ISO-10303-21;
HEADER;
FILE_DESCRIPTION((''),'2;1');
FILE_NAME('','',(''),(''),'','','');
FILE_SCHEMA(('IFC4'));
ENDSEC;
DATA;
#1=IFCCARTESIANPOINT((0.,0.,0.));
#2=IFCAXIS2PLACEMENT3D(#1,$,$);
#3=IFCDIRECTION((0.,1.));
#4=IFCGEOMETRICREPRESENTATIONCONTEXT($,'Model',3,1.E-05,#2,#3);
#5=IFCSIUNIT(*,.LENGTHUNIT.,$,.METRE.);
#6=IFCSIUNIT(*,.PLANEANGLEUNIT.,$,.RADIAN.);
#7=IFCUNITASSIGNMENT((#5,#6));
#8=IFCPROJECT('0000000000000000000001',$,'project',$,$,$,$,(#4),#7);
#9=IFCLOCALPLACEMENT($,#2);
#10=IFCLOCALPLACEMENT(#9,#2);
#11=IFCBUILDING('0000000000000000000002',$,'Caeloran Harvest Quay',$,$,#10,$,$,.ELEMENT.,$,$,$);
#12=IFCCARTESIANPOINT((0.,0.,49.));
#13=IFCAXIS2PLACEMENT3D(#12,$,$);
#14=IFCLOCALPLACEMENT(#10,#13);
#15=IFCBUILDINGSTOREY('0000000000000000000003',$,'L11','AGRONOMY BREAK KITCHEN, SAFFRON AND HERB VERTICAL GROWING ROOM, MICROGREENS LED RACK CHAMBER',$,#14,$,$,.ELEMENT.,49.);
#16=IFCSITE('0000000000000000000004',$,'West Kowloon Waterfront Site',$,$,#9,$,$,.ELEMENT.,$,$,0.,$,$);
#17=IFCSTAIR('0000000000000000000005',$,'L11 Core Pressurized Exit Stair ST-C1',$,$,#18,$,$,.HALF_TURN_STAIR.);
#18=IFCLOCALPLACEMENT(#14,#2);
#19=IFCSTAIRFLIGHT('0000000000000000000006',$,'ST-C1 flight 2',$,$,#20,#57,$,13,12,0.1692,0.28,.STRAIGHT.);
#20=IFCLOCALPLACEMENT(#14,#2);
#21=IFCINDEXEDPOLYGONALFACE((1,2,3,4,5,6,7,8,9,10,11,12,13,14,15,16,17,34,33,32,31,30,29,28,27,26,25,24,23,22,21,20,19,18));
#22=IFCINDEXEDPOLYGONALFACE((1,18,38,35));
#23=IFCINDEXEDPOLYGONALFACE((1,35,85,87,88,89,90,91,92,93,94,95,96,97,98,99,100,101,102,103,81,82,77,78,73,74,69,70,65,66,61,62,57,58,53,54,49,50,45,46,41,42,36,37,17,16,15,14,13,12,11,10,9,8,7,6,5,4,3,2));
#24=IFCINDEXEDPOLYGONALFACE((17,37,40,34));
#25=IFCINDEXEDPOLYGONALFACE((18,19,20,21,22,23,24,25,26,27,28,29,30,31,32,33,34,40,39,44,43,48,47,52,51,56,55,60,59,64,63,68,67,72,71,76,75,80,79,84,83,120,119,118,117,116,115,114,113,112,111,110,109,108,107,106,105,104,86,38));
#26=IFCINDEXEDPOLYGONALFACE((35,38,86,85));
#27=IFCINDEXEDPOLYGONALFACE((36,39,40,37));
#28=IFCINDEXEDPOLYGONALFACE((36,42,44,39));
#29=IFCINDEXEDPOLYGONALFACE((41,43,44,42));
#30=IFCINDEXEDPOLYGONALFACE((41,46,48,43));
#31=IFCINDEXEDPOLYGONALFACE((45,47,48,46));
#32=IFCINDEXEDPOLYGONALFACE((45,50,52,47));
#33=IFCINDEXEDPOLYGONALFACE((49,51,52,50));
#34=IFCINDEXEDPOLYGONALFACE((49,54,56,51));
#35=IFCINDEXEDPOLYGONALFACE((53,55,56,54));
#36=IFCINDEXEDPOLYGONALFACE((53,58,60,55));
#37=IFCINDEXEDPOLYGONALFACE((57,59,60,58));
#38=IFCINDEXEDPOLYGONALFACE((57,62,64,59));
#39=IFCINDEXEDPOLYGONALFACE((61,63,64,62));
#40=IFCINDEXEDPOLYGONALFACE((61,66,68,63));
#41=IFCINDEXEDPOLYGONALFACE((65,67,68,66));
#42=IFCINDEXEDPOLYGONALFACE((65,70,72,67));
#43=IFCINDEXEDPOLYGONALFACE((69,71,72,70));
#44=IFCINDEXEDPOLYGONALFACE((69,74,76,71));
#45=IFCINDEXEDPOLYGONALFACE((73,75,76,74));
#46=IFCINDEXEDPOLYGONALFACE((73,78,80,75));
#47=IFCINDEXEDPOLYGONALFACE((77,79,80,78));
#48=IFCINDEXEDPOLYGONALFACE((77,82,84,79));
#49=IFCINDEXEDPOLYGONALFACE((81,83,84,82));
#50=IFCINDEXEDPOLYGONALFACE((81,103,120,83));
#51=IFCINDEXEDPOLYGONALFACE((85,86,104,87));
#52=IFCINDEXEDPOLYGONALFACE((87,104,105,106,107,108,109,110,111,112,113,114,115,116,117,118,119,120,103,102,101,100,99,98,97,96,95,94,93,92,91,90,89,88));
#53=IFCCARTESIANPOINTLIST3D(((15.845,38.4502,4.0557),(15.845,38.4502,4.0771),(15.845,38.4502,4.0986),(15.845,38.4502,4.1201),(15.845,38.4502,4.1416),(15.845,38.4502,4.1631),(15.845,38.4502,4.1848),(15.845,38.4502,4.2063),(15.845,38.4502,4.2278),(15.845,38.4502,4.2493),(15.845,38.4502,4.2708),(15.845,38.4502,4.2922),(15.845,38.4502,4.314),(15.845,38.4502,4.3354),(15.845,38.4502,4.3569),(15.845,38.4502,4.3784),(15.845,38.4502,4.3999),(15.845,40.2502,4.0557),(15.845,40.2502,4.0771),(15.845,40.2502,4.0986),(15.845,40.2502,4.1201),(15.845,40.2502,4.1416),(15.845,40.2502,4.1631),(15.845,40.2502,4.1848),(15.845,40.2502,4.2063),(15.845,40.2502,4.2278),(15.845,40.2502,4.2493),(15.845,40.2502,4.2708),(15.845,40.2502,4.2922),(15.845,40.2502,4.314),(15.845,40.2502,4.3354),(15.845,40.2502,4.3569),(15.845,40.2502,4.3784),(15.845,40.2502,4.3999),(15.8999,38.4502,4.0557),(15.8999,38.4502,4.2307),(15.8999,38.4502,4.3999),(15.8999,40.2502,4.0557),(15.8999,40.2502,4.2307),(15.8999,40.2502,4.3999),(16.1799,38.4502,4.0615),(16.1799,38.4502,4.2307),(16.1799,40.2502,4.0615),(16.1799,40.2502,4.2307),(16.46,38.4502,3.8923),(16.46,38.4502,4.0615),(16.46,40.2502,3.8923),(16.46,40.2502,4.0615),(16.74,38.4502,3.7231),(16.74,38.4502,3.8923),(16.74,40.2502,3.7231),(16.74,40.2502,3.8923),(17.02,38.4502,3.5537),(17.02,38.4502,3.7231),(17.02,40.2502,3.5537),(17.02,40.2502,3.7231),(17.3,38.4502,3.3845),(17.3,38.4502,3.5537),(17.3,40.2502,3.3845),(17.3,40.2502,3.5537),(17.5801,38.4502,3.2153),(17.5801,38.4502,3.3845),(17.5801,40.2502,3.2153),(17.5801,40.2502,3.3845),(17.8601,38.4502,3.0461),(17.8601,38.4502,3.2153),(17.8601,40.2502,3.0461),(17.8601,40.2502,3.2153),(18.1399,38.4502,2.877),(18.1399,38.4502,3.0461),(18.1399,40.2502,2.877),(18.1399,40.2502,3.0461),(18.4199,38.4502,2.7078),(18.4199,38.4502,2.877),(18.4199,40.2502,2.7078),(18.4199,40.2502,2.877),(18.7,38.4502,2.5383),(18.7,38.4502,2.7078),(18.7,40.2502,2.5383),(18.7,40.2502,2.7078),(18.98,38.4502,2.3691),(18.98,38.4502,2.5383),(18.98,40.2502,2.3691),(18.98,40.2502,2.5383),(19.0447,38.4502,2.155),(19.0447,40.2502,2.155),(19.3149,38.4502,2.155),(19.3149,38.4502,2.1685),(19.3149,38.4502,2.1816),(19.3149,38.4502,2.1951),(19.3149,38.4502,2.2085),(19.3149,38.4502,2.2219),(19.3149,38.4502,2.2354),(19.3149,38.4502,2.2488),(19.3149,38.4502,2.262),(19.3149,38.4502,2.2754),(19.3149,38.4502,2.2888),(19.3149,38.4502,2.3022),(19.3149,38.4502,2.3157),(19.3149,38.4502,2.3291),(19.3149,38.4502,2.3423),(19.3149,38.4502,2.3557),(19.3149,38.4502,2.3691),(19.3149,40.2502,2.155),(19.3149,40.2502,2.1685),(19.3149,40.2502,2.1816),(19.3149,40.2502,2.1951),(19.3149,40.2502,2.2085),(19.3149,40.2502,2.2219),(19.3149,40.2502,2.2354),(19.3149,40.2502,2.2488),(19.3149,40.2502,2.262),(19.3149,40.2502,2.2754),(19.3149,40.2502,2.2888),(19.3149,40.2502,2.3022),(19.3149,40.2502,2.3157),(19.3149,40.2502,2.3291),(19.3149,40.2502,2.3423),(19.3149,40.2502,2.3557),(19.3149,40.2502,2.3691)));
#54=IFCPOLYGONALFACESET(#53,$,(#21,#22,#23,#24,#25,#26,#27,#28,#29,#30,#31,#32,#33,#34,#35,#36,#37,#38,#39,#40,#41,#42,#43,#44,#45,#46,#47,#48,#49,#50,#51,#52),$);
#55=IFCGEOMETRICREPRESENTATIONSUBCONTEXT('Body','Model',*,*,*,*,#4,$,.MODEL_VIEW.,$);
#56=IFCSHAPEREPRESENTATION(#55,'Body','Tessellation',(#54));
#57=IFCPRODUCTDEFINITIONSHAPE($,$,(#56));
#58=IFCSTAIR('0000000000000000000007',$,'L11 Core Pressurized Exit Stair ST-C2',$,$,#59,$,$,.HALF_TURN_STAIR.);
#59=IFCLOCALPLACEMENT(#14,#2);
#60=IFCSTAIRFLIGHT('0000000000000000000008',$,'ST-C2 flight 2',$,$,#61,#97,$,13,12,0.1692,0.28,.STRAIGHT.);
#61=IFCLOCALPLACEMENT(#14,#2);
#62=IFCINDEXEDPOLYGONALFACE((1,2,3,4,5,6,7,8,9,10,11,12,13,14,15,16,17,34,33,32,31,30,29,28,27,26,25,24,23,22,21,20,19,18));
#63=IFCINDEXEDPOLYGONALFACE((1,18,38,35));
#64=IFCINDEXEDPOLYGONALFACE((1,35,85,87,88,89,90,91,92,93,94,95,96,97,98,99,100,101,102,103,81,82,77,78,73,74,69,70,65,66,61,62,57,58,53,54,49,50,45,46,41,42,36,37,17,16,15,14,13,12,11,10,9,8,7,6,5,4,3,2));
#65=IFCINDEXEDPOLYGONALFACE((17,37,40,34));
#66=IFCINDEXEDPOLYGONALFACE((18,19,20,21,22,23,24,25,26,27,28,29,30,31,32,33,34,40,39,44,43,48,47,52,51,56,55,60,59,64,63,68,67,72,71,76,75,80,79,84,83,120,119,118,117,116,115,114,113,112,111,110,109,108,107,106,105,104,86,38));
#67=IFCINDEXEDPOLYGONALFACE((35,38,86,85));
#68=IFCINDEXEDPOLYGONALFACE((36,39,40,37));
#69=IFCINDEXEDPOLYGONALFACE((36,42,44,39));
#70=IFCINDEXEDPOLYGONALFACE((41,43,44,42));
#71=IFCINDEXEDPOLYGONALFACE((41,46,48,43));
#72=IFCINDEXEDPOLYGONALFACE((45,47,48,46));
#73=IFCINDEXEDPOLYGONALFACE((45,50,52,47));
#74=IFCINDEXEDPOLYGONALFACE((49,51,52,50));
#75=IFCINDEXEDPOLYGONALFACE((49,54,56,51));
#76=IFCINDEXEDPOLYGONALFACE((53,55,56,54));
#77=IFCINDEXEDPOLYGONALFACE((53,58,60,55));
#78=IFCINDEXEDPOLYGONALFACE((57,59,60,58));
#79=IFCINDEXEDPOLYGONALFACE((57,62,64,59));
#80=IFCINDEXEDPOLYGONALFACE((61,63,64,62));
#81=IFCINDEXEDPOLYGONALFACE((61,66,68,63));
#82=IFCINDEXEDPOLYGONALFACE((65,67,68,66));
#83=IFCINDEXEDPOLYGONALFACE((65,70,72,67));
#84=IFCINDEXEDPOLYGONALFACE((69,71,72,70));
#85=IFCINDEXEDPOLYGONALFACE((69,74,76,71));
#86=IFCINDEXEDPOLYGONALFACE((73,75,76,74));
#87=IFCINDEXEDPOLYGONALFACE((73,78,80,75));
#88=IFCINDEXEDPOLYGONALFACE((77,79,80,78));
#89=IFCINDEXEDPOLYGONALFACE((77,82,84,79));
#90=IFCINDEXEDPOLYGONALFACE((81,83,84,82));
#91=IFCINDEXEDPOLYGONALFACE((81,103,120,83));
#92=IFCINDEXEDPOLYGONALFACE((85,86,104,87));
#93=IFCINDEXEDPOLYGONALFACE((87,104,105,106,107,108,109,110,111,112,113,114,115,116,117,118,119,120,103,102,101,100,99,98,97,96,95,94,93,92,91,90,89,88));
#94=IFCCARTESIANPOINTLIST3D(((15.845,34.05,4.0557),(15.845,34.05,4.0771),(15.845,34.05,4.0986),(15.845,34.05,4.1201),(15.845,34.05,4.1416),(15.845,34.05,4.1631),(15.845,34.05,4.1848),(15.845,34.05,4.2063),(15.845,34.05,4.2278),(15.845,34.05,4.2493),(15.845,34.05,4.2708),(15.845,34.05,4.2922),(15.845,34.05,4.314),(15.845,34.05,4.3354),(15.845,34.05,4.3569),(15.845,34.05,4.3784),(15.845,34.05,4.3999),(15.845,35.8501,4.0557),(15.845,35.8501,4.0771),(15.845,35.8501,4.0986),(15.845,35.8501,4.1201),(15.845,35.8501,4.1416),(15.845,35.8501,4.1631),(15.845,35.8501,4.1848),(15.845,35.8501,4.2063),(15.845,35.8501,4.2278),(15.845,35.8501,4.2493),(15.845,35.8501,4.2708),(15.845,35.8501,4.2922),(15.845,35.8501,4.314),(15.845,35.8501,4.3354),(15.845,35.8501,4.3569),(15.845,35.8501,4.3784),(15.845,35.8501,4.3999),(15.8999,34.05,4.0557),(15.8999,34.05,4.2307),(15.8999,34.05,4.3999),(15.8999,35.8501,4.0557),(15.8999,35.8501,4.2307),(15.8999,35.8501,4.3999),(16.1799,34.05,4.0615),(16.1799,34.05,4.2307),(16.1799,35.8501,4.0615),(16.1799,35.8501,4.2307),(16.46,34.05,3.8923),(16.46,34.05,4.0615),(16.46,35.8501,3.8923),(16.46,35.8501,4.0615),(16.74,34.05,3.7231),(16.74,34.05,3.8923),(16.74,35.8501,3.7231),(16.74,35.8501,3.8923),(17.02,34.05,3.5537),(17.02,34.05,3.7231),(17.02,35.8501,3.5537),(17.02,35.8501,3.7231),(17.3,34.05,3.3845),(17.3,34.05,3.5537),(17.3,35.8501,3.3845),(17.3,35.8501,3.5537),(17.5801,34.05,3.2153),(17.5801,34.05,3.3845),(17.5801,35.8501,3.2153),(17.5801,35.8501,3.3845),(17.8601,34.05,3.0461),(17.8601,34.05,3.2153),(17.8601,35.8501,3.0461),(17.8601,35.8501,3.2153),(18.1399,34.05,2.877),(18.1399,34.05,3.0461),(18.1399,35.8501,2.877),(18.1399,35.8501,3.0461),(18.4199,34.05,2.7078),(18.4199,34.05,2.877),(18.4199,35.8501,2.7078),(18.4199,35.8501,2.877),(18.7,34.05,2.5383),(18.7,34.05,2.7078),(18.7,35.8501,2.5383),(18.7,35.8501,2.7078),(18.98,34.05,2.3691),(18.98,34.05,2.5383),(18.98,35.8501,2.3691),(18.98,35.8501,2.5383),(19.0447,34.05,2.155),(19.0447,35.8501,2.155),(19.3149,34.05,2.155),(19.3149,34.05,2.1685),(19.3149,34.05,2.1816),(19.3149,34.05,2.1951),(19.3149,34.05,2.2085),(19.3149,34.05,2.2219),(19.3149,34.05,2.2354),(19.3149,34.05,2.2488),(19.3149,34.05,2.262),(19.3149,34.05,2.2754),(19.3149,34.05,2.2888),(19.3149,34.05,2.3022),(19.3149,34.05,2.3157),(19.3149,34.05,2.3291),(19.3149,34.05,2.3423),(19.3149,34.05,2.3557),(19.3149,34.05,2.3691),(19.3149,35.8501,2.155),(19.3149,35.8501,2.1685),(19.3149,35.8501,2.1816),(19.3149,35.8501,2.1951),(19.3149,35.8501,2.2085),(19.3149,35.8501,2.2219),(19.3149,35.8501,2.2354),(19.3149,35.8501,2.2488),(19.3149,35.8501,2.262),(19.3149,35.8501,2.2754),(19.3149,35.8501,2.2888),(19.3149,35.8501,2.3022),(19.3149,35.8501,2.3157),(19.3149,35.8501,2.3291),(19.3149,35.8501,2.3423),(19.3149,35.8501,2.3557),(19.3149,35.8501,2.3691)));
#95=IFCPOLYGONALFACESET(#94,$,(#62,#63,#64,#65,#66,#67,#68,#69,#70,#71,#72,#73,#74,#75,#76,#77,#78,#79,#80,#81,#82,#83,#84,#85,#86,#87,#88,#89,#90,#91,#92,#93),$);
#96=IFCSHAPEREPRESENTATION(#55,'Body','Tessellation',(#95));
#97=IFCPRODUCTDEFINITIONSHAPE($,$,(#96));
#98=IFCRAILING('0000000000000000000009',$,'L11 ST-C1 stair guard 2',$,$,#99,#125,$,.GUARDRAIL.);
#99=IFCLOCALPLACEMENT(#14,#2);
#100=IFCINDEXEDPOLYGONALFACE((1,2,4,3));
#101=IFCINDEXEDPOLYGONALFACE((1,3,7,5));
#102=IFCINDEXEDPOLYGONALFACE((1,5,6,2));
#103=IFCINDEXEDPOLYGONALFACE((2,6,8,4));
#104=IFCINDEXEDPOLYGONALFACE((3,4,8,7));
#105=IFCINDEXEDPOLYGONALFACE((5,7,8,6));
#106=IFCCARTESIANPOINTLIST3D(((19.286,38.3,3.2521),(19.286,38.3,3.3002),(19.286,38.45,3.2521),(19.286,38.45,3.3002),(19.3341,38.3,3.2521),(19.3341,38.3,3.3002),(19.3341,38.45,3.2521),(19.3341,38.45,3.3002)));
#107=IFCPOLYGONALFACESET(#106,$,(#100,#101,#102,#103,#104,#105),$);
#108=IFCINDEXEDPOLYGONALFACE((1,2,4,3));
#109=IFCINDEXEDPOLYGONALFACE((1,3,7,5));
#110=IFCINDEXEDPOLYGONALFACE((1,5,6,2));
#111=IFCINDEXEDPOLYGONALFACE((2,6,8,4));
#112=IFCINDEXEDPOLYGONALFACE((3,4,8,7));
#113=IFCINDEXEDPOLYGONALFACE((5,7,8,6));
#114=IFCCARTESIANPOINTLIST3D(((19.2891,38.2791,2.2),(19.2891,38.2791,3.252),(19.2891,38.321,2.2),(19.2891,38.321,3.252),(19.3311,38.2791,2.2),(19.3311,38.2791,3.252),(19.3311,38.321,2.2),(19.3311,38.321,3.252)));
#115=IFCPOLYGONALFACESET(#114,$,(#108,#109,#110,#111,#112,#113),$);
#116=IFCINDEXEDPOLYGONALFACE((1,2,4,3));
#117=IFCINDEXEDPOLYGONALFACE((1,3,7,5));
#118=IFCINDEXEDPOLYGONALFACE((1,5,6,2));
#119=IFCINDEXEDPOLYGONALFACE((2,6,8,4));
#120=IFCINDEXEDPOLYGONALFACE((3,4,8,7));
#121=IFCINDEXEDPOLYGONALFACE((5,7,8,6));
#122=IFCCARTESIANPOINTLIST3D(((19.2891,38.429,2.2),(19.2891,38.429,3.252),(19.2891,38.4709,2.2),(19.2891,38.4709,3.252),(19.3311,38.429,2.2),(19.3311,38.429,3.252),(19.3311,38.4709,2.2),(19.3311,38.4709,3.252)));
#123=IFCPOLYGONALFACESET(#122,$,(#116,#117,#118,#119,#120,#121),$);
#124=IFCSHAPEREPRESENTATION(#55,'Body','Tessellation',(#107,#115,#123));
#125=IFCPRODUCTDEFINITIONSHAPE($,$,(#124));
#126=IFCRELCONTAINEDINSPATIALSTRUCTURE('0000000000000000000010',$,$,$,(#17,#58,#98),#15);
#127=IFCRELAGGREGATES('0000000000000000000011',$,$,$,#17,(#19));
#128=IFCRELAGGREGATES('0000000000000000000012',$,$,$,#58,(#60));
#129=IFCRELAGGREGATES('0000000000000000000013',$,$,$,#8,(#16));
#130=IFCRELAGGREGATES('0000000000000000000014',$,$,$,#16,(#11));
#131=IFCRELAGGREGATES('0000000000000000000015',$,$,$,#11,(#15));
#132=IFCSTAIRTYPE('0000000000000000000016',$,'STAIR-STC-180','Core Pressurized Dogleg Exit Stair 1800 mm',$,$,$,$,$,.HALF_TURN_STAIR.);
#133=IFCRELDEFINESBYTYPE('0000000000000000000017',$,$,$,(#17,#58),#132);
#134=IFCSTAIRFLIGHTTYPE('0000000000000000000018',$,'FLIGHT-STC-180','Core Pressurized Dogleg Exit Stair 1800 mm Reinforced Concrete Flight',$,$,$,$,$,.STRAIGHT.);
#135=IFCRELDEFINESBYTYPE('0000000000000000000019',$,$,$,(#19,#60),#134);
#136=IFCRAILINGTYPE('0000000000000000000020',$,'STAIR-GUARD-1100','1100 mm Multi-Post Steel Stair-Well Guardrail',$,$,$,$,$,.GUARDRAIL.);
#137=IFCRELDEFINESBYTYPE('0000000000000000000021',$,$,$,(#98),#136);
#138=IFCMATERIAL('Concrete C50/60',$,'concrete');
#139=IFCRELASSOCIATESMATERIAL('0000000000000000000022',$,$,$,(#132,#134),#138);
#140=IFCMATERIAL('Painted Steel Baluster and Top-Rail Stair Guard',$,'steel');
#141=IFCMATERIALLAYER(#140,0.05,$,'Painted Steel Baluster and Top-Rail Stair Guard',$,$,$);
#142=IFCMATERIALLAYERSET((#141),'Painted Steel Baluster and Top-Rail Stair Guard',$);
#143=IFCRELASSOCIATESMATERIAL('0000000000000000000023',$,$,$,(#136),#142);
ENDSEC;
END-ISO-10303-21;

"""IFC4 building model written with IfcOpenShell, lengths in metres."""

from ifc_helpers import new_model, si_unit, direction, frame, origin, origin_2d, place, context, subcontext, project, spatial, polyline, rectangle, outline, extrude, material, layer, layer_set, type_object, element, aggregate, save


model = new_model("IFC4")

# Units and contexts
model_context = context("Model", 3, precision=1e-05, world=origin(), true_north=direction((0.0, 1.0)))
body_context = subcontext(model_context, "Body", "Model", "MODEL_VIEW")
ifc_project = project(units=[si_unit("LENGTHUNIT", "METRE"), si_unit("PLANEANGLEUNIT", "RADIAN")], contexts=[model_context])

# Site, building, storey
site_placement = place(None, origin())
site = spatial("IfcSite", under=ifc_project, at=site_placement, Name="West Kowloon Waterfront Site", CompositionType="ELEMENT", RefElevation=0.0)
building_placement = place(site_placement, origin())
building = spatial("IfcBuilding", under=site, at=building_placement, Name="Caeloran Harvest Quay", CompositionType="ELEMENT")
storey_placement = place(building_placement, frame((0.0, 0.0, 49.0)))
storey = spatial("IfcBuildingStorey", under=building, at=storey_placement, Name="L11", Description="AGRONOMY BREAK KITCHEN, SAFFRON AND HERB VERTICAL GROWING ROOM, MICROGREENS LED RACK CHAMBER", CompositionType="ELEMENT", Elevation=49.0)

# Shared definitions
ifc_material_1 = material(Name="Concrete C50/60", Category="concrete")

# Stairs, stair flights
stair_type = type_object("IfcStairType", Name="STAIR-STC-180", Description="Core Pressurized Dogleg Exit Stair 1800 mm", PredefinedType="HALF_TURN_STAIR", material=ifc_material_1)
stair_1_placement = place(storey_placement, origin())
stair_1 = element("IfcStair", 1, at=stair_1_placement, inside=storey, type_object=stair_type, Name="L11 Core Pressurized Exit Stair ST-C1", PredefinedType="HALF_TURN_STAIR")
stair_flight_type = type_object("IfcStairFlightType", Name="FLIGHT-STC-180", Description="Core Pressurized Dogleg Exit Stair 1800 mm Reinforced Concrete Flight", PredefinedType="STRAIGHT", material=ifc_material_1)
stair_flight_1_placement = place(storey_placement, frame((19.26, 39.3501, 2.2), z_axis=(0.0, 0.0, 1.0), x_axis=(-1.0, 0.0, 0.0)))
stair_flight_1 = element("IfcStairFlight", 2, at=stair_flight_1_placement, type_object=stair_flight_type, Name="ST-C1 flight 2", NumberOfRisers=13, NumberOfTreads=12, PredefinedType="STRAIGHT", RiserHeight=0.1692, TreadLength=0.28, context=body_context, shape_type="SweptSolid", body=[
    extrude(outline(polyline([(-0.0549, -0.0449), (-0.0549, -0.0315), (-0.0549, -0.0183), (-0.0549, -0.0049), (-0.0549, 0.0085), (-0.0549, 0.022), (-0.0549, 0.0354), (-0.0549, 0.0488), (-0.0549, 0.062), (-0.0549, 0.0754), (-0.0549, 0.0889), (-0.0549, 0.1023), (-0.0549, 0.1157), (-0.0549, 0.1292), (-0.0549, 0.1423), (-0.0549, 0.1558), (-0.0549, 0.1692), (0.28, 0.1692), (0.28, 0.3384), (0.5601, 0.3384), (0.5601, 0.5078), (0.8401, 0.5078), (0.8401, 0.677), (1.1201, 0.677), (1.1201, 0.8462), (1.3999, 0.8462), (1.3999, 1.0154), (1.6799, 1.0154), (1.6799, 1.1846), (1.96, 1.1846), (1.96, 1.3538), (2.24, 1.3538), (2.24, 1.5232), (2.52, 1.5232), (2.52, 1.6924), (2.8, 1.6924), (2.8, 1.8616), (3.0801, 1.8616), (3.0801, 2.0308), (3.3601, 2.0308), (3.3601, 2.2), (3.415, 2.2), (3.415, 2.1785), (3.415, 2.157), (3.415, 2.1355), (3.415, 2.114), (3.415, 2.0923), (3.415, 2.0708), (3.415, 2.0493), (3.415, 2.0278), (3.415, 2.0063), (3.415, 1.9849), (3.415, 1.9631), (3.415, 1.9417), (3.415, 1.9202), (3.415, 1.8987), (3.415, 1.8772), (3.415, 1.8557), (3.3601, 1.8557), (0.2153, -0.0449), (-0.0549, -0.0449)])), frame((0.0, 0.8999, 0.0), z_axis=(0.0, -1.0, 0.0), x_axis=(1.0, 0.0, 0.0)), (0.0, 0.0, 1.0), 1.8),
])
aggregate(stair_1, [stair_flight_1])
stair_2_placement = place(storey_placement, origin())
stair_2 = element("IfcStair", 3, at=stair_2_placement, inside=storey, type_object=stair_type, Name="L11 Core Pressurized Exit Stair ST-C2", PredefinedType="HALF_TURN_STAIR")
stair_flight_2_placement = place(storey_placement, frame((19.26, 34.95, 2.2), z_axis=(0.0, 0.0, 1.0), x_axis=(-1.0, 0.0, 0.0)))
stair_flight_2 = element("IfcStairFlight", 4, at=stair_flight_2_placement, type_object=stair_flight_type, Name="ST-C2 flight 2", NumberOfRisers=13, NumberOfTreads=12, PredefinedType="STRAIGHT", RiserHeight=0.1692, TreadLength=0.28, context=body_context, shape_type="SweptSolid", body=[
    extrude(outline(polyline([(-0.0549, -0.0449), (-0.0549, -0.0315), (-0.0549, -0.0183), (-0.0549, -0.0049), (-0.0549, 0.0085), (-0.0549, 0.022), (-0.0549, 0.0354), (-0.0549, 0.0488), (-0.0549, 0.062), (-0.0549, 0.0754), (-0.0549, 0.0889), (-0.0549, 0.1023), (-0.0549, 0.1157), (-0.0549, 0.1292), (-0.0549, 0.1423), (-0.0549, 0.1558), (-0.0549, 0.1692), (0.28, 0.1692), (0.28, 0.3384), (0.5601, 0.3384), (0.5601, 0.5078), (0.8401, 0.5078), (0.8401, 0.677), (1.1201, 0.677), (1.1201, 0.8462), (1.3999, 0.8462), (1.3999, 1.0154), (1.6799, 1.0154), (1.6799, 1.1846), (1.96, 1.1846), (1.96, 1.3538), (2.24, 1.3538), (2.24, 1.5232), (2.52, 1.5232), (2.52, 1.6924), (2.8, 1.6924), (2.8, 1.8616), (3.0801, 1.8616), (3.0801, 2.0308), (3.3601, 2.0308), (3.3601, 2.2), (3.415, 2.2), (3.415, 2.1785), (3.415, 2.157), (3.415, 2.1355), (3.415, 2.114), (3.415, 2.0923), (3.415, 2.0708), (3.415, 2.0493), (3.415, 2.0278), (3.415, 2.0063), (3.415, 1.9849), (3.415, 1.9631), (3.415, 1.9417), (3.415, 1.9202), (3.415, 1.8987), (3.415, 1.8772), (3.415, 1.8557), (3.3601, 1.8557), (0.2153, -0.0449), (-0.0549, -0.0449)])), frame((0.0, 0.8999, 0.0), z_axis=(0.0, -1.0, 0.0), x_axis=(1.0, 0.0, 0.0)), (0.0, 0.0, 1.0), 1.8),
])
aggregate(stair_2, [stair_flight_2])

# Railing
ifc_material_2 = material(Name="Painted Steel Baluster and Top-Rail Stair Guard", Category="steel")
ifc_layer_1 = layer(ifc_material_2, 0.05, Name="Painted Steel Baluster and Top-Rail Stair Guard")
ifc_layer_set_1 = layer_set([ifc_layer_1], Name="Painted Steel Baluster and Top-Rail Stair Guard")
railing_type_1 = type_object("IfcRailingType", Name="STAIR-GUARD-1100", Description="1100 mm Multi-Post Steel Stair-Well Guardrail", PredefinedType="GUARDRAIL", material=ifc_layer_set_1)
railing_1_placement = place(storey_placement, frame((19.3101, 38.3, 2.2)))
element("IfcRailing", 5, at=railing_1_placement, inside=storey, type_object=railing_type_1, Name="L11 ST-C1 stair guard 2", PredefinedType="GUARDRAIL", context=body_context, shape_type="SweptSolid", body=[
    extrude(rectangle(XDim=0.0481, YDim=0.0481, at=origin_2d()), frame((0.0, 0.0, 1.0762), z_axis=(0.0, 1.0, 0.0), x_axis=(-1.0, 0.0, 0.0)), (0.0, 0.0, 1.0), 0.1499),
    extrude(rectangle(XDim=0.042, YDim=0.042, at=origin_2d()), origin(), (0.0, 0.0, 1.0), 1.052),
    extrude(rectangle(XDim=0.042, YDim=0.042, at=origin_2d()), frame((0.0, 0.1499, 0.0)), (0.0, 0.0, 1.0), 1.052),
])

save(model, "model.ifc")
